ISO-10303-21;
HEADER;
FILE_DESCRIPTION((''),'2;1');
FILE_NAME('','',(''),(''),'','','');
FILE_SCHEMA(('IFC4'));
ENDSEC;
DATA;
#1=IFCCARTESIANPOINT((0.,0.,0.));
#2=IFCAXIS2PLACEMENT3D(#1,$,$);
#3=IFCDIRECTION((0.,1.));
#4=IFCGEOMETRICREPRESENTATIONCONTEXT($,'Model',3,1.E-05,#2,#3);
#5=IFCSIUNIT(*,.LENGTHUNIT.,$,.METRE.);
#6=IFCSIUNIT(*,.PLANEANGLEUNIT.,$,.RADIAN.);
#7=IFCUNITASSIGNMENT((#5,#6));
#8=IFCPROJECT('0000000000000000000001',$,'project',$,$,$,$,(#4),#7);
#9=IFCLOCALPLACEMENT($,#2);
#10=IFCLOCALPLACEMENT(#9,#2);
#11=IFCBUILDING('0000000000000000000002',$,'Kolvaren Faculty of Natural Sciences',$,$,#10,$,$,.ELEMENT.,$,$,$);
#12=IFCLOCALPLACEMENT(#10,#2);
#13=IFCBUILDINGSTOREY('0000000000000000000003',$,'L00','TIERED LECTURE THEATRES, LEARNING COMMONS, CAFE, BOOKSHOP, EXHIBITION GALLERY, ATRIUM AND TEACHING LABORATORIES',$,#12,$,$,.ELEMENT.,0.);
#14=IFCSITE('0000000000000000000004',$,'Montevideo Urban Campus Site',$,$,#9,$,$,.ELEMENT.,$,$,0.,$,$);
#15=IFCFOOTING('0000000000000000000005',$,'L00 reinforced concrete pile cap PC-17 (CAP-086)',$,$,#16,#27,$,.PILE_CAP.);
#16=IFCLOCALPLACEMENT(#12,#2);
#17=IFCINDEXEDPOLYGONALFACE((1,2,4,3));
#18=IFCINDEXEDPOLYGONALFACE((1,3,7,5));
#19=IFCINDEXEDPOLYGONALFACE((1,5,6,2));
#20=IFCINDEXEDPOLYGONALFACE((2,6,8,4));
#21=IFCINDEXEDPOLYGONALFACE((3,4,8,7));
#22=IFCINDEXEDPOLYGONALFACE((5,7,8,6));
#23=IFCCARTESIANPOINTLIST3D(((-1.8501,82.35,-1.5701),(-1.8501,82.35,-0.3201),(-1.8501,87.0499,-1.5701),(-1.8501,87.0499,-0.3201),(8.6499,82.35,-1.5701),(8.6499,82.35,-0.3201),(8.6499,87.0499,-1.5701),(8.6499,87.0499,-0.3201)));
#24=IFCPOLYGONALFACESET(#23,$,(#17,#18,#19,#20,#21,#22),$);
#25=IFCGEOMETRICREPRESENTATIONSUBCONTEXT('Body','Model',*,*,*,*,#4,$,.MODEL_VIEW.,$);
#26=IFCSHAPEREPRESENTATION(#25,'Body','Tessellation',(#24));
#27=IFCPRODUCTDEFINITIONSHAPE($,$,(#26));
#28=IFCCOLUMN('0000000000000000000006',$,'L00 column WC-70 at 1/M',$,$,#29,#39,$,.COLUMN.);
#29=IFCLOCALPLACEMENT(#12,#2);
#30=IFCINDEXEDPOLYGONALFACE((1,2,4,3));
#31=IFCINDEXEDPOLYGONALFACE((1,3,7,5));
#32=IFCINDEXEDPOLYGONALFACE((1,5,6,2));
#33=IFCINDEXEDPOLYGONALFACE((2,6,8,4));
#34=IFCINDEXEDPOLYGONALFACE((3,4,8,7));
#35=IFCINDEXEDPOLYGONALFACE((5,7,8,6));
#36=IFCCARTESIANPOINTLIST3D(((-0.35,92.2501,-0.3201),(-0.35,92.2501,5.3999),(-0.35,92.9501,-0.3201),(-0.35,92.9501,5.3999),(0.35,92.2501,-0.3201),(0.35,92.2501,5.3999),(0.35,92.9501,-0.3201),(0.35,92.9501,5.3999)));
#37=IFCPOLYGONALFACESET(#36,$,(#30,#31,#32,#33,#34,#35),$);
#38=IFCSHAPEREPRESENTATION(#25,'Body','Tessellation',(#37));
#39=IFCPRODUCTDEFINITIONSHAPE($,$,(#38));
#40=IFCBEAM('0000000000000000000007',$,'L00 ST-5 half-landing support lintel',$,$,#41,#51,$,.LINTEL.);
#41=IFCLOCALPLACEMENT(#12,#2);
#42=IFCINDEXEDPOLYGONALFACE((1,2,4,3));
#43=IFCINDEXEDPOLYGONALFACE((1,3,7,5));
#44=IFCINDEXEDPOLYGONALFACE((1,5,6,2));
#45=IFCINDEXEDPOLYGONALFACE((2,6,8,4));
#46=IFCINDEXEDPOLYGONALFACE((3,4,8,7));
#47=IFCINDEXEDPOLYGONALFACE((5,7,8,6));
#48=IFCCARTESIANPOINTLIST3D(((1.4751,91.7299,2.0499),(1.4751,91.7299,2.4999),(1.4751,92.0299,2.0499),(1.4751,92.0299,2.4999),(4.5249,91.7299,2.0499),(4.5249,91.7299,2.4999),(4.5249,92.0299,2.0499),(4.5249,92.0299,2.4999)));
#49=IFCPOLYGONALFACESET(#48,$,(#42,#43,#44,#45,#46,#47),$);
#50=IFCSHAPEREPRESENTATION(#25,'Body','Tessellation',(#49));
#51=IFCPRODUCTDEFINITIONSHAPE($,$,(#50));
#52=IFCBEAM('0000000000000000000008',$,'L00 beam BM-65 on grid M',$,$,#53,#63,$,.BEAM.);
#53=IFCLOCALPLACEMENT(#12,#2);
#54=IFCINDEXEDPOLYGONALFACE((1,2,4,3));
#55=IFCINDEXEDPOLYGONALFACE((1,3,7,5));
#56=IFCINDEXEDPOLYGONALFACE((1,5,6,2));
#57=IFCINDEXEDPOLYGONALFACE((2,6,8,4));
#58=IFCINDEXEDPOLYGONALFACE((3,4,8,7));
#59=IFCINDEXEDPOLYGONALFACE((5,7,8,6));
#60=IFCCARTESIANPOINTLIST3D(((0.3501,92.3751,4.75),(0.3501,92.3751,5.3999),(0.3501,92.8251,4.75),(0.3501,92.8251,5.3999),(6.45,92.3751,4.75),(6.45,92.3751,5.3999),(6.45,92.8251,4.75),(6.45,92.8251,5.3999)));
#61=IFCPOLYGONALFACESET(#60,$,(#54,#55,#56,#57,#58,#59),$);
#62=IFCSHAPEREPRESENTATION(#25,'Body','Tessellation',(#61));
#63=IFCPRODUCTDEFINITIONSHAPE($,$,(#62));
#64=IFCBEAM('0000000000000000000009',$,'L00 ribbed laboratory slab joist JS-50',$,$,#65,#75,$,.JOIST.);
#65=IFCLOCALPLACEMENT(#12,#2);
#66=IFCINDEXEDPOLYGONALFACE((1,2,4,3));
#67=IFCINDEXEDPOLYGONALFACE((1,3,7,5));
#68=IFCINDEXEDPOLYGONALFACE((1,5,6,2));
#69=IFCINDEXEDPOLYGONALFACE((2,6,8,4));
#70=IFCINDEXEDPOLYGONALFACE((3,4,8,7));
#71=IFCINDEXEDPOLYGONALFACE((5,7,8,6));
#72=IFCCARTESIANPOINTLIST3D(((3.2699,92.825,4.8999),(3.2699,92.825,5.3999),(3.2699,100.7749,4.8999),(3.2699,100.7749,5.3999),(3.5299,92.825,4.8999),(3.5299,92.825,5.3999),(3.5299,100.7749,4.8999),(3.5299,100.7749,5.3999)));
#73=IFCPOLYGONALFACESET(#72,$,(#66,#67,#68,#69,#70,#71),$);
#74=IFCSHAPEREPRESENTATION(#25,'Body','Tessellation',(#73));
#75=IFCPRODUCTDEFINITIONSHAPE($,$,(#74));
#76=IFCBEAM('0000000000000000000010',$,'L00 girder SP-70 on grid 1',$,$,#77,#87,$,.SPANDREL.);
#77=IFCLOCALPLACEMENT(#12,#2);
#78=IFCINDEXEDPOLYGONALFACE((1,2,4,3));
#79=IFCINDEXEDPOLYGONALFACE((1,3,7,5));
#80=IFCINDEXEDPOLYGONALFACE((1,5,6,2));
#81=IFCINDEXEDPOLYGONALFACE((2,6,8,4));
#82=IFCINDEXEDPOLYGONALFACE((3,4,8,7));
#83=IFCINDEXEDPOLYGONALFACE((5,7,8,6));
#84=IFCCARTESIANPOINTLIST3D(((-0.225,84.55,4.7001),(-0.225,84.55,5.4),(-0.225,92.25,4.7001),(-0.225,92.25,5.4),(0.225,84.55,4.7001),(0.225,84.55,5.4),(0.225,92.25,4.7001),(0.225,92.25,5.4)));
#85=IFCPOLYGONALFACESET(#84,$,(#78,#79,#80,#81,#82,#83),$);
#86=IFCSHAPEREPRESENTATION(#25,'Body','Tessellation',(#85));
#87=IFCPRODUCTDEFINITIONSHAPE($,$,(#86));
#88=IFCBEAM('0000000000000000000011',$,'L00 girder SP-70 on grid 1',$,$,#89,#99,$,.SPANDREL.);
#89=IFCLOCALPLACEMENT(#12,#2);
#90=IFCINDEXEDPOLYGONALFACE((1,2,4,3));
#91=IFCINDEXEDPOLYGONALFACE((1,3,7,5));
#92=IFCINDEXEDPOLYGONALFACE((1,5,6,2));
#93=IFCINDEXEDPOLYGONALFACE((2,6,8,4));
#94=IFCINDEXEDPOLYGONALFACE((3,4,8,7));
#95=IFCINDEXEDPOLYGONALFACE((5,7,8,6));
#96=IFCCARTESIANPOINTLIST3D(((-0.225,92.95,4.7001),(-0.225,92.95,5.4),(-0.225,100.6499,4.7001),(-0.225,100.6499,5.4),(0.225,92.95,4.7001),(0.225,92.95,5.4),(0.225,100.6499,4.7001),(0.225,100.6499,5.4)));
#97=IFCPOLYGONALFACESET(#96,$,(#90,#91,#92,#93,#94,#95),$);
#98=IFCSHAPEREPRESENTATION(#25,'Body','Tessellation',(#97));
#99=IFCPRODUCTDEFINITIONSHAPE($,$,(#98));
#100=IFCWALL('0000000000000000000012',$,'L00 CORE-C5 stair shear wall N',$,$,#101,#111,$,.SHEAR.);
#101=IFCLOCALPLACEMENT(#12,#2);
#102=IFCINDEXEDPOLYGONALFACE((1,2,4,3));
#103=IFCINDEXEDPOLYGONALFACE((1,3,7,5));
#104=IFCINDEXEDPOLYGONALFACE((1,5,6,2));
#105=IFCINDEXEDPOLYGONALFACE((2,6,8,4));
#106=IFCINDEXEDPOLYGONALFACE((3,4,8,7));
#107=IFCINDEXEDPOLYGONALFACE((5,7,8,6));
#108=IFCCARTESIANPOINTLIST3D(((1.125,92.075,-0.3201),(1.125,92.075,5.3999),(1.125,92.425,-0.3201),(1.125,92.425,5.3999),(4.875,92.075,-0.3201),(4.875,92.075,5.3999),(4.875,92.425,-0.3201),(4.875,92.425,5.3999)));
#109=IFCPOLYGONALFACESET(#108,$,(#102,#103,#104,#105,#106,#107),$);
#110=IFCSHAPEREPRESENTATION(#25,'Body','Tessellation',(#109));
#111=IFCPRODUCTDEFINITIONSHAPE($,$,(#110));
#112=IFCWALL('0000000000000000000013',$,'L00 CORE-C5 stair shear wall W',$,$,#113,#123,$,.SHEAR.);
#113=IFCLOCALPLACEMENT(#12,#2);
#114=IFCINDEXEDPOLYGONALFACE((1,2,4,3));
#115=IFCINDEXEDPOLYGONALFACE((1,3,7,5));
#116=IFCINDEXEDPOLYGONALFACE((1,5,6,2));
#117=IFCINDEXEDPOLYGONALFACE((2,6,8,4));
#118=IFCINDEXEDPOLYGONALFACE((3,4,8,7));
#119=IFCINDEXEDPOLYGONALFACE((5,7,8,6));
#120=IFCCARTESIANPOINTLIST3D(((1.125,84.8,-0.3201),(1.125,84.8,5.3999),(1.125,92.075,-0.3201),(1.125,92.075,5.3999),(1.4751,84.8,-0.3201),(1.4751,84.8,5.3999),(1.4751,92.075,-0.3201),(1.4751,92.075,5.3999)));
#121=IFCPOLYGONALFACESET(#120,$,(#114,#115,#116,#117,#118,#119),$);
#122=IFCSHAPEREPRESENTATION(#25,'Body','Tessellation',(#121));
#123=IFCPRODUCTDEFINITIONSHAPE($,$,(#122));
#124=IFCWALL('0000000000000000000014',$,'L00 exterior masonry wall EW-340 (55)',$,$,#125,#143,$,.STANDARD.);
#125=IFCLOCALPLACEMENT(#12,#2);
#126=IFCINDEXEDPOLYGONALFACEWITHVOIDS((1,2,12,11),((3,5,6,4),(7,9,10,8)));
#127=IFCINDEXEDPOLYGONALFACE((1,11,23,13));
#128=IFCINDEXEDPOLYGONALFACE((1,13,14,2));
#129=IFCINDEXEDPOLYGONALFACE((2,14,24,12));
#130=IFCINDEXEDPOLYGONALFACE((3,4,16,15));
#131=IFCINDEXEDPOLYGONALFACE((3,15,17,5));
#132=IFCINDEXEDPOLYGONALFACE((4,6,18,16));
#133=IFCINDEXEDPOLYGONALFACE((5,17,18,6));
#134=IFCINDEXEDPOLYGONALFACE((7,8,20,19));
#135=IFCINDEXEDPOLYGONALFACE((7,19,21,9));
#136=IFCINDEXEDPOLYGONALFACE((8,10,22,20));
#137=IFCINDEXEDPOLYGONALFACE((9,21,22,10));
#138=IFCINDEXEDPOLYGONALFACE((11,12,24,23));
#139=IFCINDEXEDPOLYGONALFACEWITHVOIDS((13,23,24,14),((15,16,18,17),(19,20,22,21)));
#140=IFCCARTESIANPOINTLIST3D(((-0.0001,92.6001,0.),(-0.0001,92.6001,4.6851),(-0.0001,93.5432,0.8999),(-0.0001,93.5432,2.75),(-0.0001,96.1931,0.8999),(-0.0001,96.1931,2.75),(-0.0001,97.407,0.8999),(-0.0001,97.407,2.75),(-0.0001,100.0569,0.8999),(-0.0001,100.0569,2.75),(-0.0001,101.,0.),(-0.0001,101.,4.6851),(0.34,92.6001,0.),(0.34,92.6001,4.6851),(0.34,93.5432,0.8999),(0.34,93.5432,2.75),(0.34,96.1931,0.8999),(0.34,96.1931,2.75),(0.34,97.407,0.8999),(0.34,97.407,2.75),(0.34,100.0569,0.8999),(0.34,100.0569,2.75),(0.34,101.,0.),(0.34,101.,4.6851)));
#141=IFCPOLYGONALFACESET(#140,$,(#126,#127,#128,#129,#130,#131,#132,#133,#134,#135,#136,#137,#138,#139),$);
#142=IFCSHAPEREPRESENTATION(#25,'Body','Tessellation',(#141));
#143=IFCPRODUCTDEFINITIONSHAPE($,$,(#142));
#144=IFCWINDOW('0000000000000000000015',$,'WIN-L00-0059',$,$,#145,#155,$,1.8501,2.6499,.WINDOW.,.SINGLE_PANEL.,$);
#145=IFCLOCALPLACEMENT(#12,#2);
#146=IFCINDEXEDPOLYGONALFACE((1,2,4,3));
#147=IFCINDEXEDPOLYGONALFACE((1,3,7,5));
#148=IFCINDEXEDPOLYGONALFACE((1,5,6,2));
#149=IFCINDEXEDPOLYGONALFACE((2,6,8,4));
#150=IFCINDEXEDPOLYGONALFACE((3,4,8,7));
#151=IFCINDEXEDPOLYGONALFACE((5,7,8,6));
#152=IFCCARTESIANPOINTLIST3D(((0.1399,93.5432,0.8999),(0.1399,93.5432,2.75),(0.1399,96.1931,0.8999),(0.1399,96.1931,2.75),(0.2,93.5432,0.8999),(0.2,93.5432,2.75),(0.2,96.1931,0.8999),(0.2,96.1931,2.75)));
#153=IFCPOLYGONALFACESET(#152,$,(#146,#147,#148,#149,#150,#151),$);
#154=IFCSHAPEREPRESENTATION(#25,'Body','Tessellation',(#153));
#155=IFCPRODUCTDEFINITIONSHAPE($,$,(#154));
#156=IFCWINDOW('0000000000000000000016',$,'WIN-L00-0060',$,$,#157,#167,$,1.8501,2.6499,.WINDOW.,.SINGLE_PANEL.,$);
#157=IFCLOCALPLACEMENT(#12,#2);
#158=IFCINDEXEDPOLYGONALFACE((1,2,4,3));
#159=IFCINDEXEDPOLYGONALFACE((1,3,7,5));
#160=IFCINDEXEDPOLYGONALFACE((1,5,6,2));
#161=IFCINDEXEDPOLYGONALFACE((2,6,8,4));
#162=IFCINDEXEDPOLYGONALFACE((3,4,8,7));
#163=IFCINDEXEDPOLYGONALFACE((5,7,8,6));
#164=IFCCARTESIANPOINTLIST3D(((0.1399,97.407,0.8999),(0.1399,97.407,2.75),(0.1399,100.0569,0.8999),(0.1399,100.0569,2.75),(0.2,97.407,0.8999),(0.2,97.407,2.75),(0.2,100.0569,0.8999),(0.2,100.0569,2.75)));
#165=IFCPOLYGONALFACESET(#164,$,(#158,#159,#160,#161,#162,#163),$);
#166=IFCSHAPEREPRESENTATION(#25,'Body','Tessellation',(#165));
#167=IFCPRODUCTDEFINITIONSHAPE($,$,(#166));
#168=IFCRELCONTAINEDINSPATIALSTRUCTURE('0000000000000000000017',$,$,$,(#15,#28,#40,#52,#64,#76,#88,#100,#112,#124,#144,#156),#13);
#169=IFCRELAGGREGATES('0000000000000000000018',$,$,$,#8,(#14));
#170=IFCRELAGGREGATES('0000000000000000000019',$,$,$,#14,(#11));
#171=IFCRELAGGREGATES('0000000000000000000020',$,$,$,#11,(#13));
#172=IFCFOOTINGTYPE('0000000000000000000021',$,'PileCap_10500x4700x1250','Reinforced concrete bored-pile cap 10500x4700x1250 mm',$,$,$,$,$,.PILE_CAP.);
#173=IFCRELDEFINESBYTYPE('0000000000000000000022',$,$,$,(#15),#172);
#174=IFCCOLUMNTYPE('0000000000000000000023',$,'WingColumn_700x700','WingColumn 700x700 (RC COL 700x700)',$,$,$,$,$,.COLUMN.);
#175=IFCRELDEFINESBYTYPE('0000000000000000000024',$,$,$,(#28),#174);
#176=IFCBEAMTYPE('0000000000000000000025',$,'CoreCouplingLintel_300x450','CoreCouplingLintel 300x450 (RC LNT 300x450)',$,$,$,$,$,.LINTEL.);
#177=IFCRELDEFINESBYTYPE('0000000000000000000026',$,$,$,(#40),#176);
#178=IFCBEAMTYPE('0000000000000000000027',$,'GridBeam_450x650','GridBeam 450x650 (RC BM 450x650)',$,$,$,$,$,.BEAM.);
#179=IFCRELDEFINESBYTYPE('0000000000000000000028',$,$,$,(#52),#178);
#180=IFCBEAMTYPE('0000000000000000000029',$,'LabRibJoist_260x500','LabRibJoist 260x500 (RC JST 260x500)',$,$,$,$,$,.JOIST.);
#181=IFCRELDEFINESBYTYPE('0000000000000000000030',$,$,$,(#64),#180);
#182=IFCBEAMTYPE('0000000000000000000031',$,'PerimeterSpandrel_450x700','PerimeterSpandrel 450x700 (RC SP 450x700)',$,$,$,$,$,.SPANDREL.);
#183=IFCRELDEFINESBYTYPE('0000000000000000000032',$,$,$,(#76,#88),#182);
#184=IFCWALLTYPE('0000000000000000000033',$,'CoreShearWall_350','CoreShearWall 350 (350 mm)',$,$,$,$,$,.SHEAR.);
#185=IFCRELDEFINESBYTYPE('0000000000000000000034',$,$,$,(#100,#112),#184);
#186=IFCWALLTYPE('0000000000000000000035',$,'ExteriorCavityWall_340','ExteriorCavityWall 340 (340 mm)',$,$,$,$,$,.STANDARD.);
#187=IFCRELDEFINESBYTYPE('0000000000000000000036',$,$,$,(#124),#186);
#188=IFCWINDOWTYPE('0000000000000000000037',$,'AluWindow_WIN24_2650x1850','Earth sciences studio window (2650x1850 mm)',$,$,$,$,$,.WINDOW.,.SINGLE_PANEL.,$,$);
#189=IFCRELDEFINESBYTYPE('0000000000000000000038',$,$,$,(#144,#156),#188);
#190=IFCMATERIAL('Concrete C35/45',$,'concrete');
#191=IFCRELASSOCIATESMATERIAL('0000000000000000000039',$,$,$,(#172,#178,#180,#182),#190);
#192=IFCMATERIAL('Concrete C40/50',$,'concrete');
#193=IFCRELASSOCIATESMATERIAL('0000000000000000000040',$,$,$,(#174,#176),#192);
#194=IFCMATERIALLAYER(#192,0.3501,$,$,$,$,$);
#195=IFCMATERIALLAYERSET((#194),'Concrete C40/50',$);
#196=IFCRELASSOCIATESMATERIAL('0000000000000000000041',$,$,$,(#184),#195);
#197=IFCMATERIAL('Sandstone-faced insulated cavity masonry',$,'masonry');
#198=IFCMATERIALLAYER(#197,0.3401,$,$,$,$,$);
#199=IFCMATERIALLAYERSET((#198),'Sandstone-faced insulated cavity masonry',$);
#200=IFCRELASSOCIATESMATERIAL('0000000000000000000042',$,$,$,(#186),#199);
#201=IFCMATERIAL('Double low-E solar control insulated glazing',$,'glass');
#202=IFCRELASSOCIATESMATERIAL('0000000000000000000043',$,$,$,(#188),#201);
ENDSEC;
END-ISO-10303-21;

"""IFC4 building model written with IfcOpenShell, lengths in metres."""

from ifc_helpers import new_model, si_unit, direction, frame, frame_2d, origin, origin_2d, place, context, subcontext, project, spatial, rectangle, extrude, material, layer, layer_set, material_profile, profile_set, type_object, element, fill, save


model = new_model("IFC4")

# Units and contexts
model_context = context("Model", 3, precision=1e-05, world=origin(), true_north=direction((0.0, 1.0)))
body_context = subcontext(model_context, "Body", "Model", "MODEL_VIEW")
ifc_project = project(units=[si_unit("LENGTHUNIT", "METRE"), si_unit("PLANEANGLEUNIT", "RADIAN")], contexts=[model_context])

# Site, building, storey
site_placement = place(None, origin())
site = spatial("IfcSite", under=ifc_project, at=site_placement, Name="Montevideo Urban Campus Site", CompositionType="ELEMENT", RefElevation=0.0)
building_placement = place(site_placement, origin())
building = spatial("IfcBuilding", under=site, at=building_placement, Name="Kolvaren Faculty of Natural Sciences", CompositionType="ELEMENT")
storey_placement = place(building_placement, origin())
storey = spatial("IfcBuildingStorey", under=building, at=storey_placement, Name="L00", Description="TIERED LECTURE THEATRES, LEARNING COMMONS, CAFE, BOOKSHOP, EXHIBITION GALLERY, ATRIUM AND TEACHING LABORATORIES", CompositionType="ELEMENT", Elevation=0.0)

# Shared definitions
ifc_material_1 = material(Name="Concrete C35/45", Category="concrete")

# Footing
footing_type_1 = type_object("IfcFootingType", Name="PileCap_10500x4700x1250", Description="Reinforced concrete bored-pile cap 10500x4700x1250 mm", PredefinedType="PILE_CAP", material=ifc_material_1)
footing_1_placement = place(storey_placement, frame((3.3999, 84.7, -1.5701), z_axis=(0.0, 0.0, 1.0), x_axis=(1.0, 0.0, 0.0)))
element("IfcFooting", 1, at=footing_1_placement, inside=storey, type_object=footing_type_1, Name="L00 reinforced concrete pile cap PC-17 (CAP-086)", PredefinedType="PILE_CAP", context=body_context, shape_type="SweptSolid", body=[
    extrude(rectangle(XDim=10.5, YDim=4.7, at=origin_2d()), origin(), (0.0, 0.0, 1.0), 1.25),
])

# Column
ifc_material_2 = material(Name="Concrete C40/50", Category="concrete")
ifc_material_profile_1 = material_profile(ifc_material_2, rectangle(XDim=0.7, YDim=0.7, at=origin_2d()), Name="RC COL 700x700")
ifc_profile_set_1 = profile_set([ifc_material_profile_1], Name="Concrete C40/50")
column_type = type_object("IfcColumnType", Name="WingColumn_700x700", Description="WingColumn 700x700 (RC COL 700x700)", PredefinedType="COLUMN", material=ifc_profile_set_1)
column_placement = place(storey_placement, frame((0.0, 92.6001, -0.3201), z_axis=(0.0, 0.0, 1.0), x_axis=(1.0, 0.0, 0.0)))
element("IfcColumn", 2, at=column_placement, inside=storey, type_object=column_type, Name="L00 column WC-70 at 1/M", PredefinedType="COLUMN", context=body_context, shape_type="SweptSolid", body=[
    extrude(rectangle(XDim=0.7, YDim=0.7, at=origin_2d()), origin(), (0.0, 0.0, 1.0), 5.72),
])

# Beams
ifc_material_profile_2 = material_profile(ifc_material_2, rectangle(XDim=0.3, YDim=0.45, at=origin_2d()), Name="RC LNT 300x450")
ifc_profile_set_2 = profile_set([ifc_material_profile_2], Name="Concrete C40/50")
beam_type_1 = type_object("IfcBeamType", Name="CoreCouplingLintel_300x450", Description="CoreCouplingLintel 300x450 (RC LNT 300x450)", PredefinedType="LINTEL", material=ifc_profile_set_2)
beam_1_placement = place(storey_placement, frame((1.4751, 91.8799, 2.2749), z_axis=(1.0, 0.0, 0.0), x_axis=(0.0, 1.0, 0.0)))
element("IfcBeam", 3, at=beam_1_placement, inside=storey, type_object=beam_type_1, Name="L00 ST-5 half-landing support lintel", PredefinedType="LINTEL", context=body_context, shape_type="SweptSolid", body=[
    extrude(rectangle(XDim=0.3, YDim=0.45, at=origin_2d()), origin(), (0.0, 0.0, 1.0), 3.0498),
])
ifc_material_profile_3 = material_profile(ifc_material_1, rectangle(XDim=0.45, YDim=0.6499, at=origin_2d()), Name="RC BM 450x650")
ifc_profile_set_3 = profile_set([ifc_material_profile_3], Name="Concrete C35/45")
beam_type_2 = type_object("IfcBeamType", Name="GridBeam_450x650", Description="GridBeam 450x650 (RC BM 450x650)", PredefinedType="BEAM", material=ifc_profile_set_3)
beam_2_placement = place(storey_placement, frame((0.3501, 92.6001, 5.075), z_axis=(1.0, 0.0, 0.0), x_axis=(0.0, 1.0, 0.0)))
element("IfcBeam", 4, at=beam_2_placement, inside=storey, type_object=beam_type_2, Name="L00 beam BM-65 on grid M", PredefinedType="BEAM", context=body_context, shape_type="SweptSolid", body=[
    extrude(rectangle(XDim=0.45, YDim=0.6499, at=origin_2d()), origin(), (0.0, 0.0, 1.0), 6.0999),
])
ifc_material_profile_4 = material_profile(ifc_material_1, rectangle(XDim=0.26, YDim=0.5, at=origin_2d()), Name="RC JST 260x500")
ifc_profile_set_4 = profile_set([ifc_material_profile_4], Name="Concrete C35/45")
beam_type_3 = type_object("IfcBeamType", Name="LabRibJoist_260x500", Description="LabRibJoist 260x500 (RC JST 260x500)", PredefinedType="JOIST", material=ifc_profile_set_4)
beam_3_placement = place(storey_placement, frame((3.3999, 92.825, 5.1499), z_axis=(0.0, 1.0, 0.0), x_axis=(-1.0, 0.0, 0.0)))
element("IfcBeam", 5, at=beam_3_placement, inside=storey, type_object=beam_type_3, Name="L00 ribbed laboratory slab joist JS-50", PredefinedType="JOIST", context=body_context, shape_type="SweptSolid", body=[
    extrude(rectangle(XDim=0.26, YDim=0.5, at=origin_2d()), origin(), (0.0, 0.0, 1.0), 7.95),
])
ifc_material_profile_5 = material_profile(ifc_material_1, rectangle(XDim=0.45, YDim=0.7, at=origin_2d()), Name="RC SP 450x700")
ifc_profile_set_5 = profile_set([ifc_material_profile_5], Name="Concrete C35/45")
beam_type_4 = type_object("IfcBeamType", Name="PerimeterSpandrel_450x700", Description="PerimeterSpandrel 450x700 (RC SP 450x700)", PredefinedType="SPANDREL", material=ifc_profile_set_5)
for number, where, z_axis, x_axis, name in (
    (6, (0.0, 84.55, 5.05), (0.0, 1.0, 0.0), (-1.0, 0.0, 0.0), "L00 girder SP-70 on grid 1"),
    (7, (0.0, 92.95, 5.05), (0.0, 1.0, 0.0), (-1.0, 0.0, 0.0), "L00 girder SP-70 on grid 1"),
):
    element("IfcBeam", number, at=place(storey_placement, frame(where, z_axis=z_axis, x_axis=x_axis)), inside=storey, type_object=beam_type_4, Name=name, PredefinedType="SPANDREL", context=body_context, shape_type="SweptSolid", body=[
        extrude(rectangle(XDim=0.45, YDim=0.7, at=origin_2d()), origin(), (0.0, 0.0, 1.0), 7.7),
    ])

# Walls
ifc_layer_1 = layer(ifc_material_2, 0.3501)
ifc_layer_set_1 = layer_set([ifc_layer_1], Name="Concrete C40/50")
wall_type_1 = type_object("IfcWallType", Name="CoreShearWall_350", Description="CoreShearWall 350 (350 mm)", PredefinedType="SHEAR", material=ifc_layer_set_1)
wall_1_placement = place(storey_placement, frame((1.125, 92.25, -0.3201), z_axis=(0.0, 0.0, 1.0), x_axis=(1.0, 0.0, 0.0)))
element("IfcWall", 8, at=wall_1_placement, inside=storey, type_object=wall_type_1, Name="L00 CORE-C5 stair shear wall N", PredefinedType="SHEAR", context=body_context, shape_type="SweptSolid", body=[
    extrude(rectangle(XDim=3.75, YDim=0.3501, at=frame_2d((1.875, 0.0))), origin(), (0.0, 0.0, 1.0), 5.72),
])
wall_2_placement = place(storey_placement, frame((1.3, 84.8, -0.3201), z_axis=(0.0, 0.0, 1.0), x_axis=(0.0, 1.0, 0.0)))
element("IfcWall", 9, at=wall_2_placement, inside=storey, type_object=wall_type_1, Name="L00 CORE-C5 stair shear wall W", PredefinedType="SHEAR", context=body_context, shape_type="SweptSolid", body=[
    extrude(rectangle(XDim=7.2749, YDim=0.3501, at=frame_2d((3.6375, 0.0))), origin(), (0.0, 0.0, 1.0), 5.72),
])

# Wall, openings, windows
ifc_material_3 = material(Name="Sandstone-faced insulated cavity masonry", Category="masonry")
ifc_layer_2 = layer(ifc_material_3, 0.3401)
ifc_layer_set_2 = layer_set([ifc_layer_2], Name="Sandstone-faced insulated cavity masonry")
wall_type_2 = type_object("IfcWallType", Name="ExteriorCavityWall_340", Description="ExteriorCavityWall 340 (340 mm)", PredefinedType="STANDARD", material=ifc_layer_set_2)
wall_3_placement = place(storey_placement, frame((0.1699, 92.6001, 0.0), z_axis=(0.0, 0.0, 1.0), x_axis=(0.0, 1.0, 0.0)))
wall_3 = element("IfcWall", 10, at=wall_3_placement, inside=storey, type_object=wall_type_2, Name="L00 exterior masonry wall EW-340 (55)", PredefinedType="STANDARD", context=body_context, shape_type="SweptSolid", body=[
    extrude(rectangle(XDim=8.3999, YDim=0.3401, at=frame_2d((4.2, 0.0))), origin(), (0.0, 0.0, 1.0), 4.6851),
])
opening_1_placement = place(wall_3_placement, frame((0.9431, 0.0, 0.8999)))
opening_1 = element("IfcOpeningElement", 11, at=opening_1_placement, cuts=wall_3, PredefinedType="OPENING", context=body_context, shape_type="SweptSolid", body=[
    extrude(rectangle(XDim=2.6499, YDim=1.8501, at=frame_2d((1.325, 0.925))), frame((0.0, 0.1799, 0.0), z_axis=(0.0, -1.0, 0.0), x_axis=(1.0, 0.0, 0.0)), (0.0, 0.0, 1.0), 0.3601),
])
opening_2_placement = place(wall_3_placement, frame((4.8069, 0.0, 0.8999)))
opening_2 = element("IfcOpeningElement", 12, at=opening_2_placement, cuts=wall_3, PredefinedType="OPENING", context=body_context, shape_type="SweptSolid", body=[
    extrude(rectangle(XDim=2.6499, YDim=1.8501, at=frame_2d((1.325, 0.925))), frame((0.0, 0.1799, 0.0), z_axis=(0.0, -1.0, 0.0), x_axis=(1.0, 0.0, 0.0)), (0.0, 0.0, 1.0), 0.3601),
])
ifc_material_4 = material(Name="Double low-E solar control insulated glazing", Category="glass")
window_type = type_object("IfcWindowType", Name="AluWindow_WIN24_2650x1850", Description="Earth sciences studio window (2650x1850 mm)", PartitioningType="SINGLE_PANEL", PredefinedType="WINDOW", material=ifc_material_4)
window_1_placement = place(opening_1_placement, origin())
window_1 = element("IfcWindow", 13, at=window_1_placement, inside=storey, type_object=window_type, Name="WIN-L00-0059", OverallHeight=1.8501, OverallWidth=2.6499, PartitioningType="SINGLE_PANEL", PredefinedType="WINDOW", context=body_context, shape_type="SweptSolid", body=[
    extrude(rectangle(XDim=2.6499, YDim=1.8501, at=frame_2d((1.325, 0.925))), frame((0.0, 0.03, 0.0), z_axis=(0.0, -1.0, 0.0), x_axis=(1.0, 0.0, 0.0)), (0.0, 0.0, 1.0), 0.0601),
])
fill(opening_1, window_1)
window_2_placement = place(opening_2_placement, origin())
window_2 = element("IfcWindow", 14, at=window_2_placement, inside=storey, type_object=window_type, Name="WIN-L00-0060", OverallHeight=1.8501, OverallWidth=2.6499, PartitioningType="SINGLE_PANEL", PredefinedType="WINDOW", context=body_context, shape_type="SweptSolid", body=[
    extrude(rectangle(XDim=2.6499, YDim=1.8501, at=frame_2d((1.325, 0.925))), frame((0.0, 0.03, 0.0), z_axis=(0.0, -1.0, 0.0), x_axis=(1.0, 0.0, 0.0)), (0.0, 0.0, 1.0), 0.0601),
])
fill(opening_2, window_2)

save(model, "model.ifc")
